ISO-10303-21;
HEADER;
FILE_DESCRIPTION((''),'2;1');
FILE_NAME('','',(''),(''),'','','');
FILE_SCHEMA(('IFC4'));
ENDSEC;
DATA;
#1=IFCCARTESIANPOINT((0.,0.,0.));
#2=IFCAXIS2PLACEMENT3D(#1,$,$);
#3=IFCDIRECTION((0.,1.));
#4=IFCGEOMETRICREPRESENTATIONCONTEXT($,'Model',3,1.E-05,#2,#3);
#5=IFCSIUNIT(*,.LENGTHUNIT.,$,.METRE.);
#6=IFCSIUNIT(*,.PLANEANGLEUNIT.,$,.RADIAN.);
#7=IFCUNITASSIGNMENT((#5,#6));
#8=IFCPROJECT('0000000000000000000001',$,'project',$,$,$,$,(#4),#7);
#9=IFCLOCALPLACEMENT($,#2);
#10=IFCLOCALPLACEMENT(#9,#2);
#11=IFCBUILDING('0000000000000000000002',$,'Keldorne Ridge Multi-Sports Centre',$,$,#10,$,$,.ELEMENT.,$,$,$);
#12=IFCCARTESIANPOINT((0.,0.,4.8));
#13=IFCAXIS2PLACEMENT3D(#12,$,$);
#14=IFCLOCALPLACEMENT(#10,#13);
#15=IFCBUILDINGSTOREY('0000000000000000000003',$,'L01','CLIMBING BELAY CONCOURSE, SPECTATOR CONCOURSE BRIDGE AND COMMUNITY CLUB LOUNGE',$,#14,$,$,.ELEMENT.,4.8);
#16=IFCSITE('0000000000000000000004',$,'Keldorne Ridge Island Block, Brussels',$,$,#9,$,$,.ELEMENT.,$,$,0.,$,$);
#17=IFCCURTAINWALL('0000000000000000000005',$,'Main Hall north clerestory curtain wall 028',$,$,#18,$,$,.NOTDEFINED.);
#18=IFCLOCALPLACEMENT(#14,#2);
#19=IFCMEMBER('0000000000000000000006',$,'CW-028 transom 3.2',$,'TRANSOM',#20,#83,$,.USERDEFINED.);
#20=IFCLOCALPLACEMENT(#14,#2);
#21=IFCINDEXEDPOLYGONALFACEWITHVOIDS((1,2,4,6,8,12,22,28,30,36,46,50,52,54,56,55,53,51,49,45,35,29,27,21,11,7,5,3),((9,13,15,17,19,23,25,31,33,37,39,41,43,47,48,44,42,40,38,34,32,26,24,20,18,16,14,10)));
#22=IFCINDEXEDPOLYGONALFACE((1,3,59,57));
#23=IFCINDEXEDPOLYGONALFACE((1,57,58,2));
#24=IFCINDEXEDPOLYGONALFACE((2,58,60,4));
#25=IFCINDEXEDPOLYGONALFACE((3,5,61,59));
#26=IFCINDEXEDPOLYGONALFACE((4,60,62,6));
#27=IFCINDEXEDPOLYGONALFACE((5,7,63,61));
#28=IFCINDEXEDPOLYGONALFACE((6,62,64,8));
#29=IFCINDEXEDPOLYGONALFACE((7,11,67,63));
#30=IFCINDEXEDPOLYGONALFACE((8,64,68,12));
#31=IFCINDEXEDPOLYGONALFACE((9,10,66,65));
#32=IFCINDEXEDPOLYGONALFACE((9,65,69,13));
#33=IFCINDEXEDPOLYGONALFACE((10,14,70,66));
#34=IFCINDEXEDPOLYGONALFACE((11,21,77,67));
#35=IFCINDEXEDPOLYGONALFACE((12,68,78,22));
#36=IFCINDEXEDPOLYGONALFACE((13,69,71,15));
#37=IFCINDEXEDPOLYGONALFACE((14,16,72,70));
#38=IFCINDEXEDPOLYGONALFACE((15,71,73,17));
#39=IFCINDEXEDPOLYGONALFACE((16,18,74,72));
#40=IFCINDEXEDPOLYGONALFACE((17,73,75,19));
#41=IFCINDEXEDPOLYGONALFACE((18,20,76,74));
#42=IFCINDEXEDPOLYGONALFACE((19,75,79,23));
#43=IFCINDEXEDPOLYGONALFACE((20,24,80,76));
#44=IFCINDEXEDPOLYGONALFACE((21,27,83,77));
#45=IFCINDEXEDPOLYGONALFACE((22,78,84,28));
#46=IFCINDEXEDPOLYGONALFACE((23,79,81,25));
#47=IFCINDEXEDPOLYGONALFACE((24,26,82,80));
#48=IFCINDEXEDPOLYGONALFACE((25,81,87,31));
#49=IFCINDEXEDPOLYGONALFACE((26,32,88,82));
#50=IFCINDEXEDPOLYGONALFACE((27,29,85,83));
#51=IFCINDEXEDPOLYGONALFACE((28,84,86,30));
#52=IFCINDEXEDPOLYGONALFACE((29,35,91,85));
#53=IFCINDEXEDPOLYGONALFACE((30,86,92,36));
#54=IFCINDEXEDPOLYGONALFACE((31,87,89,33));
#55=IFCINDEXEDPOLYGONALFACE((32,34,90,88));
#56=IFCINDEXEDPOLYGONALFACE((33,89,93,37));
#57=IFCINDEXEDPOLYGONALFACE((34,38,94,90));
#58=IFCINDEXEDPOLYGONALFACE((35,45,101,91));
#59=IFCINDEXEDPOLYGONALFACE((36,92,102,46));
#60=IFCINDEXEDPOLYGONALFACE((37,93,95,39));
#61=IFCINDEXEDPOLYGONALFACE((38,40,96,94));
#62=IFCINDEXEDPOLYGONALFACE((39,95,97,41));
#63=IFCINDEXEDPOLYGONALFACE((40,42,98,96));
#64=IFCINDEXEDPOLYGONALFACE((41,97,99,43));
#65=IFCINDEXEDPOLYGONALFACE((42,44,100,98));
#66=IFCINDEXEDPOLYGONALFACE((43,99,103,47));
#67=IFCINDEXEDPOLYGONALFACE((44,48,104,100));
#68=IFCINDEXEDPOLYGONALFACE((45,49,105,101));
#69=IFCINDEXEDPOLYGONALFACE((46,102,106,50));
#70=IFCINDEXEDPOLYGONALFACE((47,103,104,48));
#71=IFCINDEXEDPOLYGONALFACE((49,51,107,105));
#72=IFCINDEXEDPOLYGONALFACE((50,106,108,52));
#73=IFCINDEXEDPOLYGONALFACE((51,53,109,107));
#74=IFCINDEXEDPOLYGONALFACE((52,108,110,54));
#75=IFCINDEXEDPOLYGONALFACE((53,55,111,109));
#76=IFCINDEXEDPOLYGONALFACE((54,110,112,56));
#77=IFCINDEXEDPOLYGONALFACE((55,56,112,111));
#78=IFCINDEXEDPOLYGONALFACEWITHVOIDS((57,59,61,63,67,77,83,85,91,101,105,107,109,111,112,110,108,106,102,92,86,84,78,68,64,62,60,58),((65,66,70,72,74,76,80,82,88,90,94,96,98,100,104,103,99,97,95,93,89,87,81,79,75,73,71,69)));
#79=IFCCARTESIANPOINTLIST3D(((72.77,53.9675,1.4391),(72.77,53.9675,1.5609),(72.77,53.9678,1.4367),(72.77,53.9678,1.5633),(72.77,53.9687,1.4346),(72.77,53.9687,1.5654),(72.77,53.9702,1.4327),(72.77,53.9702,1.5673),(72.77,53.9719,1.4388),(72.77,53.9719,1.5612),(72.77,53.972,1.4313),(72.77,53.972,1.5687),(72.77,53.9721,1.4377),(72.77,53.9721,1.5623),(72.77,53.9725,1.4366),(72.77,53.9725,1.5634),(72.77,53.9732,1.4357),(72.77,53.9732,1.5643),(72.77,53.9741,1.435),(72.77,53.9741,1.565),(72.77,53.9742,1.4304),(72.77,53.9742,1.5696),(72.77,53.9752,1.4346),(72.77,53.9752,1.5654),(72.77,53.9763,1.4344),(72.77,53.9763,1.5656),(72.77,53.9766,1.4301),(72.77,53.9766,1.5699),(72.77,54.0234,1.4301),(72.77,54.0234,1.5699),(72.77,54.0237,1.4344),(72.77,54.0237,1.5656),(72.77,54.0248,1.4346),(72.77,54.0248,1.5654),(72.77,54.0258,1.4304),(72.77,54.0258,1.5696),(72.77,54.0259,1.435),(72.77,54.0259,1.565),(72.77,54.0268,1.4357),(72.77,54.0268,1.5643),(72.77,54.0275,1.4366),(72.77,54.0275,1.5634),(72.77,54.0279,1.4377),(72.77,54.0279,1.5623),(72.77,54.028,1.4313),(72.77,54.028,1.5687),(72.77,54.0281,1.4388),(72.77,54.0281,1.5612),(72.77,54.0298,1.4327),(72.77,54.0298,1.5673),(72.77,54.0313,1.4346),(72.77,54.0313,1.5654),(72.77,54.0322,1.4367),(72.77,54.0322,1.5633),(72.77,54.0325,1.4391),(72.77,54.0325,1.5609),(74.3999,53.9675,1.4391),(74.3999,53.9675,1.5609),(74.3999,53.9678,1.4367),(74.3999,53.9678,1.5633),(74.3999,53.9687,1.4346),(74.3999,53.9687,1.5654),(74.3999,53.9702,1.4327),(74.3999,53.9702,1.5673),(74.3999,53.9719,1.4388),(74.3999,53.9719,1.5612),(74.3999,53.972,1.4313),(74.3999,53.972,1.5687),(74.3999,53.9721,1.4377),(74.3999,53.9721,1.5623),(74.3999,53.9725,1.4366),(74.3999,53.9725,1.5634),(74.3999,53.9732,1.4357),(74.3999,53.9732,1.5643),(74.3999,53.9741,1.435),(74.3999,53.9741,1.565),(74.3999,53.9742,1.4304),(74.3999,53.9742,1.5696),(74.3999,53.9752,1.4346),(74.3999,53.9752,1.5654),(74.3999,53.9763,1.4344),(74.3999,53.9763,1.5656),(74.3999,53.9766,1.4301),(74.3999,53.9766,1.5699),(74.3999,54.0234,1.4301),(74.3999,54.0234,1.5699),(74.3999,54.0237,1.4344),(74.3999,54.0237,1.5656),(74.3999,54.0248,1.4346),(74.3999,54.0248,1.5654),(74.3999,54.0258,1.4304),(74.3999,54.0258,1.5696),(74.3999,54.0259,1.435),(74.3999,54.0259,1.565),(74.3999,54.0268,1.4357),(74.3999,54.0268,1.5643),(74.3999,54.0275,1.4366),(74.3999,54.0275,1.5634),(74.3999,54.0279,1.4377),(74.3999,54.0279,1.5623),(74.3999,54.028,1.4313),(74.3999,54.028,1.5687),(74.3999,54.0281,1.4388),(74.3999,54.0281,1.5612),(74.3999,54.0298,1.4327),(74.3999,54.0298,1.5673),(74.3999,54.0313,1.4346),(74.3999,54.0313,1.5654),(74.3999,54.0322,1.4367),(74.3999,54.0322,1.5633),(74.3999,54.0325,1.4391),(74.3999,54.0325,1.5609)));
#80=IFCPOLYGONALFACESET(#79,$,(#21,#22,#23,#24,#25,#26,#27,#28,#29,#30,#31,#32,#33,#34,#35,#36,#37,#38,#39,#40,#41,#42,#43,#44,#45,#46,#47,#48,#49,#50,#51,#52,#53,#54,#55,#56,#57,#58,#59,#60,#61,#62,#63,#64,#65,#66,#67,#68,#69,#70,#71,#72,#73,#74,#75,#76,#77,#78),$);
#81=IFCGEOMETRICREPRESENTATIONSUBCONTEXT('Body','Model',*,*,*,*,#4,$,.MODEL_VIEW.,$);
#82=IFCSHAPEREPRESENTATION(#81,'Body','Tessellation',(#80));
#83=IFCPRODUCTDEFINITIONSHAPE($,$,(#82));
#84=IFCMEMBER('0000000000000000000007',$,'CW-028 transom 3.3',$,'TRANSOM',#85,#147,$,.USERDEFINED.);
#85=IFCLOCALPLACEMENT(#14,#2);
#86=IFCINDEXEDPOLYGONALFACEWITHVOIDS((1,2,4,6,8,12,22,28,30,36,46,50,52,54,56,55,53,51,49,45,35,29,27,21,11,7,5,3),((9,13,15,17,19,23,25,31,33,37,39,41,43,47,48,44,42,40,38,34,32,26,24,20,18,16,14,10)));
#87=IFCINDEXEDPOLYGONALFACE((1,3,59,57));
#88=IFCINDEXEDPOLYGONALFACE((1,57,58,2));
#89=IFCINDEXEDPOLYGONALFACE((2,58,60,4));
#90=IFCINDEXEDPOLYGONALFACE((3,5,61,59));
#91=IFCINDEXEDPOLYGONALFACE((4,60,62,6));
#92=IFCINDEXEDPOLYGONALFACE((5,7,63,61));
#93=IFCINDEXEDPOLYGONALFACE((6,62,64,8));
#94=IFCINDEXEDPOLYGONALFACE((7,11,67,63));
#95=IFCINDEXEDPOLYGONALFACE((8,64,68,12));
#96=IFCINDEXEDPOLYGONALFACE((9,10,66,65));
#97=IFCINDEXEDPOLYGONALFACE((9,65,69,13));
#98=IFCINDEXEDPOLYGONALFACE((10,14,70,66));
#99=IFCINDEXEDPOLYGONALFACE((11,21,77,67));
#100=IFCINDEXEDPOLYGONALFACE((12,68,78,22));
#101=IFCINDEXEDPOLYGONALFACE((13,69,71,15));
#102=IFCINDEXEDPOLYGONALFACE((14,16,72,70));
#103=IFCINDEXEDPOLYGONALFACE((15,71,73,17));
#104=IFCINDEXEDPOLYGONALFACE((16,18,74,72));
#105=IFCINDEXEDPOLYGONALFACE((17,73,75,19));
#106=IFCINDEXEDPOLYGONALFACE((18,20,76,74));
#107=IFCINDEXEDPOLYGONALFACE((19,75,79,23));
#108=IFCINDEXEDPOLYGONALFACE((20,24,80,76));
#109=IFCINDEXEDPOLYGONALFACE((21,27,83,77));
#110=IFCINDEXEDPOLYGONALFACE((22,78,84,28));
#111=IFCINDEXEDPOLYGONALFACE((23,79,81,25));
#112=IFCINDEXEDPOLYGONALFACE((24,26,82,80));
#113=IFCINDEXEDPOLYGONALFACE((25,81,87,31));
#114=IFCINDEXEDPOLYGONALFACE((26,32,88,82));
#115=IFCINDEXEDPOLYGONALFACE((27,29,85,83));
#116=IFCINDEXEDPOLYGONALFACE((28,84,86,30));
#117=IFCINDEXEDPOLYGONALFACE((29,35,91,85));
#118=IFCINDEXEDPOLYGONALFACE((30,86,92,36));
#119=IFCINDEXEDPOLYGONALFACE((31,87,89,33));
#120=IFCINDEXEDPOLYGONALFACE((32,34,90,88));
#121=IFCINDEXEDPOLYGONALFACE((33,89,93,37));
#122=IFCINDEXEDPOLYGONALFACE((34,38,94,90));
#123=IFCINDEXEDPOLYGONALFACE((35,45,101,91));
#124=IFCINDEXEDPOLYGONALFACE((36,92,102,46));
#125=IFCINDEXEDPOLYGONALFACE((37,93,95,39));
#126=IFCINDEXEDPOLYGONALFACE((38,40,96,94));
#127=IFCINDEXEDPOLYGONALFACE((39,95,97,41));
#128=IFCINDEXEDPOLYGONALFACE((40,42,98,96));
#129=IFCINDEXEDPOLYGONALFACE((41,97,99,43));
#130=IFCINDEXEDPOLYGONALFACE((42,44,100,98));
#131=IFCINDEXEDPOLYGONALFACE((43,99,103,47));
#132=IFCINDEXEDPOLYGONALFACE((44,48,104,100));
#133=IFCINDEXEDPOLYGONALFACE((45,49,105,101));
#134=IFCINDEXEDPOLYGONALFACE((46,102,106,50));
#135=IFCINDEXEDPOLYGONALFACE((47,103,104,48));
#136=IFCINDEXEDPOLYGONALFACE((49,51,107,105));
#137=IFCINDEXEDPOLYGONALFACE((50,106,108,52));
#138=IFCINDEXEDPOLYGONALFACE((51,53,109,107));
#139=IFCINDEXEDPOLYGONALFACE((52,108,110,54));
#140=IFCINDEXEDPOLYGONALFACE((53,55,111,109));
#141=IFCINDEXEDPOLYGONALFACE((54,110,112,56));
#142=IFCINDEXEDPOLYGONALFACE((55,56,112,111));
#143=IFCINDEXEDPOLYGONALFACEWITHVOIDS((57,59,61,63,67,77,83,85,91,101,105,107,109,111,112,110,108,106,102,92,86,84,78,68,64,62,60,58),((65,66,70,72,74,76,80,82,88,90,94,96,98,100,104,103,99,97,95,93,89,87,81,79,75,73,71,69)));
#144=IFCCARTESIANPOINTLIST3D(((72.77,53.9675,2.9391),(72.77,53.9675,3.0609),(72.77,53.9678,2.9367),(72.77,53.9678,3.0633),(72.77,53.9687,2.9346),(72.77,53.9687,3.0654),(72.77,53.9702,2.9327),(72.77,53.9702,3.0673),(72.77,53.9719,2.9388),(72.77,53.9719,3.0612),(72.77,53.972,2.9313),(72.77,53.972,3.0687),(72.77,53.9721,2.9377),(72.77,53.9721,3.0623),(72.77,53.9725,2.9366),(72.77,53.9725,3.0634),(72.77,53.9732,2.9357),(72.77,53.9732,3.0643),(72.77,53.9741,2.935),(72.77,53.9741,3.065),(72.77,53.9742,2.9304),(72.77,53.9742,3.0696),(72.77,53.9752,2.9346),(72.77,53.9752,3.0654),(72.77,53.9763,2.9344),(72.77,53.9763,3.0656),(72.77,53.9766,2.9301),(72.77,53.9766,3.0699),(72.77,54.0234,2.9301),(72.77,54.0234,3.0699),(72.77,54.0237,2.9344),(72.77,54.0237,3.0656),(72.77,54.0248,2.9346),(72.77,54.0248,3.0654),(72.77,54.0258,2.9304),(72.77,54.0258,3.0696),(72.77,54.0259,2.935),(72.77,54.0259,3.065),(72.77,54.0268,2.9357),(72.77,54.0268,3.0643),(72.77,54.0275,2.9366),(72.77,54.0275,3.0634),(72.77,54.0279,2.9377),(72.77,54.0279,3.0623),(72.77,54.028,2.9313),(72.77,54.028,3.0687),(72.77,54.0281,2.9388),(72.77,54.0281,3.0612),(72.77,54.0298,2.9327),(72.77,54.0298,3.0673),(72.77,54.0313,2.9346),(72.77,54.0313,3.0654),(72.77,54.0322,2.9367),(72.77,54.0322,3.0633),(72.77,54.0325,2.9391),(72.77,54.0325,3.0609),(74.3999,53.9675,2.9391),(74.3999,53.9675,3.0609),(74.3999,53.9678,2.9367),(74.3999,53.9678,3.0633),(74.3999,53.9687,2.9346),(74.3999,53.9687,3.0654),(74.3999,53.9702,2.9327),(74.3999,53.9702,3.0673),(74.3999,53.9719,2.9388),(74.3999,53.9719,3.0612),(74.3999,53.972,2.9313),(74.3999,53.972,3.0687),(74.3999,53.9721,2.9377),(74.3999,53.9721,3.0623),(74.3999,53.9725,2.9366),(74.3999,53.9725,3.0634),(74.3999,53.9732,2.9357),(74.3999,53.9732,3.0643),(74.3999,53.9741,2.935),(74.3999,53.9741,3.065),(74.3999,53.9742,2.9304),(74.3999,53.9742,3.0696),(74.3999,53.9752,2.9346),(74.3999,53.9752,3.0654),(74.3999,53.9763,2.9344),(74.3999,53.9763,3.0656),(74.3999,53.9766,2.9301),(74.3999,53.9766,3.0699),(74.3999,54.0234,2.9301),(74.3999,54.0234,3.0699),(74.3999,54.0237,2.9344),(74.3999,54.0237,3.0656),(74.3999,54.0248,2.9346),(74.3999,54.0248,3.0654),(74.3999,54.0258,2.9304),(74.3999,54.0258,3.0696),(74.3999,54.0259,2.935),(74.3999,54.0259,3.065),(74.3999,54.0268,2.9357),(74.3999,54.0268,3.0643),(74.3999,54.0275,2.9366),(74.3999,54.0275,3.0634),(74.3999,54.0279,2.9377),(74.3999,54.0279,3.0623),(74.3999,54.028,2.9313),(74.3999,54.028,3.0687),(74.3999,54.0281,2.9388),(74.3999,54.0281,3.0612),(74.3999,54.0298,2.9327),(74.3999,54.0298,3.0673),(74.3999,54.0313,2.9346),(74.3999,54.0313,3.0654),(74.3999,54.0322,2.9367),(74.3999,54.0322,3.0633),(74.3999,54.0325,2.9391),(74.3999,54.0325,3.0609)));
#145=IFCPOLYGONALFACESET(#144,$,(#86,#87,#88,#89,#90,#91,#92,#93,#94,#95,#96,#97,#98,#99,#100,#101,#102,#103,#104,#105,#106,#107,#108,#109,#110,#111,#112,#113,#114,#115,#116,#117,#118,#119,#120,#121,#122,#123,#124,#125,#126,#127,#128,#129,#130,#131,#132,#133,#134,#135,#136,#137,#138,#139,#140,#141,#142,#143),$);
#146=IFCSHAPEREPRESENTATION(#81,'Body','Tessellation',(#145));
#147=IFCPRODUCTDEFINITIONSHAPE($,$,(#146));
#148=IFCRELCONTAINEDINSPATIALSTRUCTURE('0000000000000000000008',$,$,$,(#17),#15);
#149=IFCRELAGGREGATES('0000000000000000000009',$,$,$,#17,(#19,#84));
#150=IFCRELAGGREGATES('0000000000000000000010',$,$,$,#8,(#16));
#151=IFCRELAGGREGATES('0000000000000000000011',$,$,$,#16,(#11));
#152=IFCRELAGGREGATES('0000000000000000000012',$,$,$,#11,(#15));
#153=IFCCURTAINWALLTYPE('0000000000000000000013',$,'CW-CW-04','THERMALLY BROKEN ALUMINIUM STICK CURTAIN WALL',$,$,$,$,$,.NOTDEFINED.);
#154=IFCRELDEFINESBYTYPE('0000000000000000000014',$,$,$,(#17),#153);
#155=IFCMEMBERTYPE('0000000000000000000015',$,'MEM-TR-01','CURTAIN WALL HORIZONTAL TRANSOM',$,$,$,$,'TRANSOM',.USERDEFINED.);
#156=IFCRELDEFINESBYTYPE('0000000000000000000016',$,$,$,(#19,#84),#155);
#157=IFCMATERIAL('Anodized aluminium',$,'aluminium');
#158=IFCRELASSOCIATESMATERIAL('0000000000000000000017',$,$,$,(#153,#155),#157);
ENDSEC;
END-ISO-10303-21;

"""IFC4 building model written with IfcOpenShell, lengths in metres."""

from ifc_helpers import new_model, si_unit, direction, frame, origin, origin_2d, place, context, subcontext, project, spatial, hollow_rectangle, extrude, material, material_profile, profile_set, type_object, element, aggregate, save


model = new_model("IFC4")

# Units and contexts
model_context = context("Model", 3, precision=1e-05, world=origin(), true_north=direction((0.0, 1.0)))
body_context = subcontext(model_context, "Body", "Model", "MODEL_VIEW")
ifc_project = project(units=[si_unit("LENGTHUNIT", "METRE"), si_unit("PLANEANGLEUNIT", "RADIAN")], contexts=[model_context])

# Site, building, storey
site_placement = place(None, origin())
site = spatial("IfcSite", under=ifc_project, at=site_placement, Name="Keldorne Ridge Island Block, Brussels", CompositionType="ELEMENT", RefElevation=0.0)
building_placement = place(site_placement, origin())
building = spatial("IfcBuilding", under=site, at=building_placement, Name="Keldorne Ridge Multi-Sports Centre", CompositionType="ELEMENT")
storey_placement = place(building_placement, frame((0.0, 0.0, 4.8)))
storey = spatial("IfcBuildingStorey", under=building, at=storey_placement, Name="L01", Description="CLIMBING BELAY CONCOURSE, SPECTATOR CONCOURSE BRIDGE AND COMMUNITY CLUB LOUNGE", CompositionType="ELEMENT", Elevation=4.8)

# Curtain wall
ifc_material_1 = material(Name="Anodized aluminium", Category="aluminium")
curtain_wall_type = type_object("IfcCurtainWallType", Name="CW-CW-04", Description="THERMALLY BROKEN ALUMINIUM STICK CURTAIN WALL", PredefinedType="NOTDEFINED", material=ifc_material_1)
curtain_wall_1_placement = place(storey_placement, origin())
curtain_wall_1 = element("IfcCurtainWall", 1, at=curtain_wall_1_placement, inside=storey, type_object=curtain_wall_type, Name="Main Hall north clerestory curtain wall 028", PredefinedType="NOTDEFINED")

# Members
ifc_material_profile_1 = material_profile(ifc_material_1, hollow_rectangle(XDim=0.0649, YDim=0.1399, WallThickness=0.0044, InnerFilletRadius=0.0044, OuterFilletRadius=0.009, at=origin_2d()), Name="ALU TRANSOM 140x65x4.5")
ifc_profile_set_1 = profile_set([ifc_material_profile_1], Name="Anodized aluminium")
member_type_1 = type_object("IfcMemberType", Name="MEM-TR-01", Description="CURTAIN WALL HORIZONTAL TRANSOM", ElementType="TRANSOM", PredefinedType="USERDEFINED", material=ifc_profile_set_1)
member_1_placement = place(storey_placement, frame((74.3999, 54.0, 1.5), z_axis=(-1.0, 0.0, 0.0), x_axis=(0.0, -1.0, 0.0)))
member_1 = element("IfcMember", 2, at=member_1_placement, type_object=member_type_1, Name="CW-028 transom 3.2", ObjectType="TRANSOM", PredefinedType="USERDEFINED", context=body_context, shape_type="SweptSolid", body=[
    extrude(hollow_rectangle(XDim=0.0649, YDim=0.1399, WallThickness=0.0044, InnerFilletRadius=0.0044, OuterFilletRadius=0.009, at=origin_2d()), origin(), (0.0, 0.0, 1.0), 1.6299),
])
member_2_placement = place(storey_placement, frame((74.3999, 54.0, 3.0), z_axis=(-1.0, 0.0, 0.0), x_axis=(0.0, -1.0, 0.0)))
member_2 = element("IfcMember", 3, at=member_2_placement, type_object=member_type_1, Name="CW-028 transom 3.3", ObjectType="TRANSOM", PredefinedType="USERDEFINED", context=body_context, shape_type="SweptSolid", body=[
    extrude(hollow_rectangle(XDim=0.0649, YDim=0.1399, WallThickness=0.0044, InnerFilletRadius=0.0044, OuterFilletRadius=0.009, at=origin_2d()), origin(), (0.0, 0.0, 1.0), 1.6299),
])

aggregate(curtain_wall_1, [member_1, member_2])

save(model, "model.ifc")
